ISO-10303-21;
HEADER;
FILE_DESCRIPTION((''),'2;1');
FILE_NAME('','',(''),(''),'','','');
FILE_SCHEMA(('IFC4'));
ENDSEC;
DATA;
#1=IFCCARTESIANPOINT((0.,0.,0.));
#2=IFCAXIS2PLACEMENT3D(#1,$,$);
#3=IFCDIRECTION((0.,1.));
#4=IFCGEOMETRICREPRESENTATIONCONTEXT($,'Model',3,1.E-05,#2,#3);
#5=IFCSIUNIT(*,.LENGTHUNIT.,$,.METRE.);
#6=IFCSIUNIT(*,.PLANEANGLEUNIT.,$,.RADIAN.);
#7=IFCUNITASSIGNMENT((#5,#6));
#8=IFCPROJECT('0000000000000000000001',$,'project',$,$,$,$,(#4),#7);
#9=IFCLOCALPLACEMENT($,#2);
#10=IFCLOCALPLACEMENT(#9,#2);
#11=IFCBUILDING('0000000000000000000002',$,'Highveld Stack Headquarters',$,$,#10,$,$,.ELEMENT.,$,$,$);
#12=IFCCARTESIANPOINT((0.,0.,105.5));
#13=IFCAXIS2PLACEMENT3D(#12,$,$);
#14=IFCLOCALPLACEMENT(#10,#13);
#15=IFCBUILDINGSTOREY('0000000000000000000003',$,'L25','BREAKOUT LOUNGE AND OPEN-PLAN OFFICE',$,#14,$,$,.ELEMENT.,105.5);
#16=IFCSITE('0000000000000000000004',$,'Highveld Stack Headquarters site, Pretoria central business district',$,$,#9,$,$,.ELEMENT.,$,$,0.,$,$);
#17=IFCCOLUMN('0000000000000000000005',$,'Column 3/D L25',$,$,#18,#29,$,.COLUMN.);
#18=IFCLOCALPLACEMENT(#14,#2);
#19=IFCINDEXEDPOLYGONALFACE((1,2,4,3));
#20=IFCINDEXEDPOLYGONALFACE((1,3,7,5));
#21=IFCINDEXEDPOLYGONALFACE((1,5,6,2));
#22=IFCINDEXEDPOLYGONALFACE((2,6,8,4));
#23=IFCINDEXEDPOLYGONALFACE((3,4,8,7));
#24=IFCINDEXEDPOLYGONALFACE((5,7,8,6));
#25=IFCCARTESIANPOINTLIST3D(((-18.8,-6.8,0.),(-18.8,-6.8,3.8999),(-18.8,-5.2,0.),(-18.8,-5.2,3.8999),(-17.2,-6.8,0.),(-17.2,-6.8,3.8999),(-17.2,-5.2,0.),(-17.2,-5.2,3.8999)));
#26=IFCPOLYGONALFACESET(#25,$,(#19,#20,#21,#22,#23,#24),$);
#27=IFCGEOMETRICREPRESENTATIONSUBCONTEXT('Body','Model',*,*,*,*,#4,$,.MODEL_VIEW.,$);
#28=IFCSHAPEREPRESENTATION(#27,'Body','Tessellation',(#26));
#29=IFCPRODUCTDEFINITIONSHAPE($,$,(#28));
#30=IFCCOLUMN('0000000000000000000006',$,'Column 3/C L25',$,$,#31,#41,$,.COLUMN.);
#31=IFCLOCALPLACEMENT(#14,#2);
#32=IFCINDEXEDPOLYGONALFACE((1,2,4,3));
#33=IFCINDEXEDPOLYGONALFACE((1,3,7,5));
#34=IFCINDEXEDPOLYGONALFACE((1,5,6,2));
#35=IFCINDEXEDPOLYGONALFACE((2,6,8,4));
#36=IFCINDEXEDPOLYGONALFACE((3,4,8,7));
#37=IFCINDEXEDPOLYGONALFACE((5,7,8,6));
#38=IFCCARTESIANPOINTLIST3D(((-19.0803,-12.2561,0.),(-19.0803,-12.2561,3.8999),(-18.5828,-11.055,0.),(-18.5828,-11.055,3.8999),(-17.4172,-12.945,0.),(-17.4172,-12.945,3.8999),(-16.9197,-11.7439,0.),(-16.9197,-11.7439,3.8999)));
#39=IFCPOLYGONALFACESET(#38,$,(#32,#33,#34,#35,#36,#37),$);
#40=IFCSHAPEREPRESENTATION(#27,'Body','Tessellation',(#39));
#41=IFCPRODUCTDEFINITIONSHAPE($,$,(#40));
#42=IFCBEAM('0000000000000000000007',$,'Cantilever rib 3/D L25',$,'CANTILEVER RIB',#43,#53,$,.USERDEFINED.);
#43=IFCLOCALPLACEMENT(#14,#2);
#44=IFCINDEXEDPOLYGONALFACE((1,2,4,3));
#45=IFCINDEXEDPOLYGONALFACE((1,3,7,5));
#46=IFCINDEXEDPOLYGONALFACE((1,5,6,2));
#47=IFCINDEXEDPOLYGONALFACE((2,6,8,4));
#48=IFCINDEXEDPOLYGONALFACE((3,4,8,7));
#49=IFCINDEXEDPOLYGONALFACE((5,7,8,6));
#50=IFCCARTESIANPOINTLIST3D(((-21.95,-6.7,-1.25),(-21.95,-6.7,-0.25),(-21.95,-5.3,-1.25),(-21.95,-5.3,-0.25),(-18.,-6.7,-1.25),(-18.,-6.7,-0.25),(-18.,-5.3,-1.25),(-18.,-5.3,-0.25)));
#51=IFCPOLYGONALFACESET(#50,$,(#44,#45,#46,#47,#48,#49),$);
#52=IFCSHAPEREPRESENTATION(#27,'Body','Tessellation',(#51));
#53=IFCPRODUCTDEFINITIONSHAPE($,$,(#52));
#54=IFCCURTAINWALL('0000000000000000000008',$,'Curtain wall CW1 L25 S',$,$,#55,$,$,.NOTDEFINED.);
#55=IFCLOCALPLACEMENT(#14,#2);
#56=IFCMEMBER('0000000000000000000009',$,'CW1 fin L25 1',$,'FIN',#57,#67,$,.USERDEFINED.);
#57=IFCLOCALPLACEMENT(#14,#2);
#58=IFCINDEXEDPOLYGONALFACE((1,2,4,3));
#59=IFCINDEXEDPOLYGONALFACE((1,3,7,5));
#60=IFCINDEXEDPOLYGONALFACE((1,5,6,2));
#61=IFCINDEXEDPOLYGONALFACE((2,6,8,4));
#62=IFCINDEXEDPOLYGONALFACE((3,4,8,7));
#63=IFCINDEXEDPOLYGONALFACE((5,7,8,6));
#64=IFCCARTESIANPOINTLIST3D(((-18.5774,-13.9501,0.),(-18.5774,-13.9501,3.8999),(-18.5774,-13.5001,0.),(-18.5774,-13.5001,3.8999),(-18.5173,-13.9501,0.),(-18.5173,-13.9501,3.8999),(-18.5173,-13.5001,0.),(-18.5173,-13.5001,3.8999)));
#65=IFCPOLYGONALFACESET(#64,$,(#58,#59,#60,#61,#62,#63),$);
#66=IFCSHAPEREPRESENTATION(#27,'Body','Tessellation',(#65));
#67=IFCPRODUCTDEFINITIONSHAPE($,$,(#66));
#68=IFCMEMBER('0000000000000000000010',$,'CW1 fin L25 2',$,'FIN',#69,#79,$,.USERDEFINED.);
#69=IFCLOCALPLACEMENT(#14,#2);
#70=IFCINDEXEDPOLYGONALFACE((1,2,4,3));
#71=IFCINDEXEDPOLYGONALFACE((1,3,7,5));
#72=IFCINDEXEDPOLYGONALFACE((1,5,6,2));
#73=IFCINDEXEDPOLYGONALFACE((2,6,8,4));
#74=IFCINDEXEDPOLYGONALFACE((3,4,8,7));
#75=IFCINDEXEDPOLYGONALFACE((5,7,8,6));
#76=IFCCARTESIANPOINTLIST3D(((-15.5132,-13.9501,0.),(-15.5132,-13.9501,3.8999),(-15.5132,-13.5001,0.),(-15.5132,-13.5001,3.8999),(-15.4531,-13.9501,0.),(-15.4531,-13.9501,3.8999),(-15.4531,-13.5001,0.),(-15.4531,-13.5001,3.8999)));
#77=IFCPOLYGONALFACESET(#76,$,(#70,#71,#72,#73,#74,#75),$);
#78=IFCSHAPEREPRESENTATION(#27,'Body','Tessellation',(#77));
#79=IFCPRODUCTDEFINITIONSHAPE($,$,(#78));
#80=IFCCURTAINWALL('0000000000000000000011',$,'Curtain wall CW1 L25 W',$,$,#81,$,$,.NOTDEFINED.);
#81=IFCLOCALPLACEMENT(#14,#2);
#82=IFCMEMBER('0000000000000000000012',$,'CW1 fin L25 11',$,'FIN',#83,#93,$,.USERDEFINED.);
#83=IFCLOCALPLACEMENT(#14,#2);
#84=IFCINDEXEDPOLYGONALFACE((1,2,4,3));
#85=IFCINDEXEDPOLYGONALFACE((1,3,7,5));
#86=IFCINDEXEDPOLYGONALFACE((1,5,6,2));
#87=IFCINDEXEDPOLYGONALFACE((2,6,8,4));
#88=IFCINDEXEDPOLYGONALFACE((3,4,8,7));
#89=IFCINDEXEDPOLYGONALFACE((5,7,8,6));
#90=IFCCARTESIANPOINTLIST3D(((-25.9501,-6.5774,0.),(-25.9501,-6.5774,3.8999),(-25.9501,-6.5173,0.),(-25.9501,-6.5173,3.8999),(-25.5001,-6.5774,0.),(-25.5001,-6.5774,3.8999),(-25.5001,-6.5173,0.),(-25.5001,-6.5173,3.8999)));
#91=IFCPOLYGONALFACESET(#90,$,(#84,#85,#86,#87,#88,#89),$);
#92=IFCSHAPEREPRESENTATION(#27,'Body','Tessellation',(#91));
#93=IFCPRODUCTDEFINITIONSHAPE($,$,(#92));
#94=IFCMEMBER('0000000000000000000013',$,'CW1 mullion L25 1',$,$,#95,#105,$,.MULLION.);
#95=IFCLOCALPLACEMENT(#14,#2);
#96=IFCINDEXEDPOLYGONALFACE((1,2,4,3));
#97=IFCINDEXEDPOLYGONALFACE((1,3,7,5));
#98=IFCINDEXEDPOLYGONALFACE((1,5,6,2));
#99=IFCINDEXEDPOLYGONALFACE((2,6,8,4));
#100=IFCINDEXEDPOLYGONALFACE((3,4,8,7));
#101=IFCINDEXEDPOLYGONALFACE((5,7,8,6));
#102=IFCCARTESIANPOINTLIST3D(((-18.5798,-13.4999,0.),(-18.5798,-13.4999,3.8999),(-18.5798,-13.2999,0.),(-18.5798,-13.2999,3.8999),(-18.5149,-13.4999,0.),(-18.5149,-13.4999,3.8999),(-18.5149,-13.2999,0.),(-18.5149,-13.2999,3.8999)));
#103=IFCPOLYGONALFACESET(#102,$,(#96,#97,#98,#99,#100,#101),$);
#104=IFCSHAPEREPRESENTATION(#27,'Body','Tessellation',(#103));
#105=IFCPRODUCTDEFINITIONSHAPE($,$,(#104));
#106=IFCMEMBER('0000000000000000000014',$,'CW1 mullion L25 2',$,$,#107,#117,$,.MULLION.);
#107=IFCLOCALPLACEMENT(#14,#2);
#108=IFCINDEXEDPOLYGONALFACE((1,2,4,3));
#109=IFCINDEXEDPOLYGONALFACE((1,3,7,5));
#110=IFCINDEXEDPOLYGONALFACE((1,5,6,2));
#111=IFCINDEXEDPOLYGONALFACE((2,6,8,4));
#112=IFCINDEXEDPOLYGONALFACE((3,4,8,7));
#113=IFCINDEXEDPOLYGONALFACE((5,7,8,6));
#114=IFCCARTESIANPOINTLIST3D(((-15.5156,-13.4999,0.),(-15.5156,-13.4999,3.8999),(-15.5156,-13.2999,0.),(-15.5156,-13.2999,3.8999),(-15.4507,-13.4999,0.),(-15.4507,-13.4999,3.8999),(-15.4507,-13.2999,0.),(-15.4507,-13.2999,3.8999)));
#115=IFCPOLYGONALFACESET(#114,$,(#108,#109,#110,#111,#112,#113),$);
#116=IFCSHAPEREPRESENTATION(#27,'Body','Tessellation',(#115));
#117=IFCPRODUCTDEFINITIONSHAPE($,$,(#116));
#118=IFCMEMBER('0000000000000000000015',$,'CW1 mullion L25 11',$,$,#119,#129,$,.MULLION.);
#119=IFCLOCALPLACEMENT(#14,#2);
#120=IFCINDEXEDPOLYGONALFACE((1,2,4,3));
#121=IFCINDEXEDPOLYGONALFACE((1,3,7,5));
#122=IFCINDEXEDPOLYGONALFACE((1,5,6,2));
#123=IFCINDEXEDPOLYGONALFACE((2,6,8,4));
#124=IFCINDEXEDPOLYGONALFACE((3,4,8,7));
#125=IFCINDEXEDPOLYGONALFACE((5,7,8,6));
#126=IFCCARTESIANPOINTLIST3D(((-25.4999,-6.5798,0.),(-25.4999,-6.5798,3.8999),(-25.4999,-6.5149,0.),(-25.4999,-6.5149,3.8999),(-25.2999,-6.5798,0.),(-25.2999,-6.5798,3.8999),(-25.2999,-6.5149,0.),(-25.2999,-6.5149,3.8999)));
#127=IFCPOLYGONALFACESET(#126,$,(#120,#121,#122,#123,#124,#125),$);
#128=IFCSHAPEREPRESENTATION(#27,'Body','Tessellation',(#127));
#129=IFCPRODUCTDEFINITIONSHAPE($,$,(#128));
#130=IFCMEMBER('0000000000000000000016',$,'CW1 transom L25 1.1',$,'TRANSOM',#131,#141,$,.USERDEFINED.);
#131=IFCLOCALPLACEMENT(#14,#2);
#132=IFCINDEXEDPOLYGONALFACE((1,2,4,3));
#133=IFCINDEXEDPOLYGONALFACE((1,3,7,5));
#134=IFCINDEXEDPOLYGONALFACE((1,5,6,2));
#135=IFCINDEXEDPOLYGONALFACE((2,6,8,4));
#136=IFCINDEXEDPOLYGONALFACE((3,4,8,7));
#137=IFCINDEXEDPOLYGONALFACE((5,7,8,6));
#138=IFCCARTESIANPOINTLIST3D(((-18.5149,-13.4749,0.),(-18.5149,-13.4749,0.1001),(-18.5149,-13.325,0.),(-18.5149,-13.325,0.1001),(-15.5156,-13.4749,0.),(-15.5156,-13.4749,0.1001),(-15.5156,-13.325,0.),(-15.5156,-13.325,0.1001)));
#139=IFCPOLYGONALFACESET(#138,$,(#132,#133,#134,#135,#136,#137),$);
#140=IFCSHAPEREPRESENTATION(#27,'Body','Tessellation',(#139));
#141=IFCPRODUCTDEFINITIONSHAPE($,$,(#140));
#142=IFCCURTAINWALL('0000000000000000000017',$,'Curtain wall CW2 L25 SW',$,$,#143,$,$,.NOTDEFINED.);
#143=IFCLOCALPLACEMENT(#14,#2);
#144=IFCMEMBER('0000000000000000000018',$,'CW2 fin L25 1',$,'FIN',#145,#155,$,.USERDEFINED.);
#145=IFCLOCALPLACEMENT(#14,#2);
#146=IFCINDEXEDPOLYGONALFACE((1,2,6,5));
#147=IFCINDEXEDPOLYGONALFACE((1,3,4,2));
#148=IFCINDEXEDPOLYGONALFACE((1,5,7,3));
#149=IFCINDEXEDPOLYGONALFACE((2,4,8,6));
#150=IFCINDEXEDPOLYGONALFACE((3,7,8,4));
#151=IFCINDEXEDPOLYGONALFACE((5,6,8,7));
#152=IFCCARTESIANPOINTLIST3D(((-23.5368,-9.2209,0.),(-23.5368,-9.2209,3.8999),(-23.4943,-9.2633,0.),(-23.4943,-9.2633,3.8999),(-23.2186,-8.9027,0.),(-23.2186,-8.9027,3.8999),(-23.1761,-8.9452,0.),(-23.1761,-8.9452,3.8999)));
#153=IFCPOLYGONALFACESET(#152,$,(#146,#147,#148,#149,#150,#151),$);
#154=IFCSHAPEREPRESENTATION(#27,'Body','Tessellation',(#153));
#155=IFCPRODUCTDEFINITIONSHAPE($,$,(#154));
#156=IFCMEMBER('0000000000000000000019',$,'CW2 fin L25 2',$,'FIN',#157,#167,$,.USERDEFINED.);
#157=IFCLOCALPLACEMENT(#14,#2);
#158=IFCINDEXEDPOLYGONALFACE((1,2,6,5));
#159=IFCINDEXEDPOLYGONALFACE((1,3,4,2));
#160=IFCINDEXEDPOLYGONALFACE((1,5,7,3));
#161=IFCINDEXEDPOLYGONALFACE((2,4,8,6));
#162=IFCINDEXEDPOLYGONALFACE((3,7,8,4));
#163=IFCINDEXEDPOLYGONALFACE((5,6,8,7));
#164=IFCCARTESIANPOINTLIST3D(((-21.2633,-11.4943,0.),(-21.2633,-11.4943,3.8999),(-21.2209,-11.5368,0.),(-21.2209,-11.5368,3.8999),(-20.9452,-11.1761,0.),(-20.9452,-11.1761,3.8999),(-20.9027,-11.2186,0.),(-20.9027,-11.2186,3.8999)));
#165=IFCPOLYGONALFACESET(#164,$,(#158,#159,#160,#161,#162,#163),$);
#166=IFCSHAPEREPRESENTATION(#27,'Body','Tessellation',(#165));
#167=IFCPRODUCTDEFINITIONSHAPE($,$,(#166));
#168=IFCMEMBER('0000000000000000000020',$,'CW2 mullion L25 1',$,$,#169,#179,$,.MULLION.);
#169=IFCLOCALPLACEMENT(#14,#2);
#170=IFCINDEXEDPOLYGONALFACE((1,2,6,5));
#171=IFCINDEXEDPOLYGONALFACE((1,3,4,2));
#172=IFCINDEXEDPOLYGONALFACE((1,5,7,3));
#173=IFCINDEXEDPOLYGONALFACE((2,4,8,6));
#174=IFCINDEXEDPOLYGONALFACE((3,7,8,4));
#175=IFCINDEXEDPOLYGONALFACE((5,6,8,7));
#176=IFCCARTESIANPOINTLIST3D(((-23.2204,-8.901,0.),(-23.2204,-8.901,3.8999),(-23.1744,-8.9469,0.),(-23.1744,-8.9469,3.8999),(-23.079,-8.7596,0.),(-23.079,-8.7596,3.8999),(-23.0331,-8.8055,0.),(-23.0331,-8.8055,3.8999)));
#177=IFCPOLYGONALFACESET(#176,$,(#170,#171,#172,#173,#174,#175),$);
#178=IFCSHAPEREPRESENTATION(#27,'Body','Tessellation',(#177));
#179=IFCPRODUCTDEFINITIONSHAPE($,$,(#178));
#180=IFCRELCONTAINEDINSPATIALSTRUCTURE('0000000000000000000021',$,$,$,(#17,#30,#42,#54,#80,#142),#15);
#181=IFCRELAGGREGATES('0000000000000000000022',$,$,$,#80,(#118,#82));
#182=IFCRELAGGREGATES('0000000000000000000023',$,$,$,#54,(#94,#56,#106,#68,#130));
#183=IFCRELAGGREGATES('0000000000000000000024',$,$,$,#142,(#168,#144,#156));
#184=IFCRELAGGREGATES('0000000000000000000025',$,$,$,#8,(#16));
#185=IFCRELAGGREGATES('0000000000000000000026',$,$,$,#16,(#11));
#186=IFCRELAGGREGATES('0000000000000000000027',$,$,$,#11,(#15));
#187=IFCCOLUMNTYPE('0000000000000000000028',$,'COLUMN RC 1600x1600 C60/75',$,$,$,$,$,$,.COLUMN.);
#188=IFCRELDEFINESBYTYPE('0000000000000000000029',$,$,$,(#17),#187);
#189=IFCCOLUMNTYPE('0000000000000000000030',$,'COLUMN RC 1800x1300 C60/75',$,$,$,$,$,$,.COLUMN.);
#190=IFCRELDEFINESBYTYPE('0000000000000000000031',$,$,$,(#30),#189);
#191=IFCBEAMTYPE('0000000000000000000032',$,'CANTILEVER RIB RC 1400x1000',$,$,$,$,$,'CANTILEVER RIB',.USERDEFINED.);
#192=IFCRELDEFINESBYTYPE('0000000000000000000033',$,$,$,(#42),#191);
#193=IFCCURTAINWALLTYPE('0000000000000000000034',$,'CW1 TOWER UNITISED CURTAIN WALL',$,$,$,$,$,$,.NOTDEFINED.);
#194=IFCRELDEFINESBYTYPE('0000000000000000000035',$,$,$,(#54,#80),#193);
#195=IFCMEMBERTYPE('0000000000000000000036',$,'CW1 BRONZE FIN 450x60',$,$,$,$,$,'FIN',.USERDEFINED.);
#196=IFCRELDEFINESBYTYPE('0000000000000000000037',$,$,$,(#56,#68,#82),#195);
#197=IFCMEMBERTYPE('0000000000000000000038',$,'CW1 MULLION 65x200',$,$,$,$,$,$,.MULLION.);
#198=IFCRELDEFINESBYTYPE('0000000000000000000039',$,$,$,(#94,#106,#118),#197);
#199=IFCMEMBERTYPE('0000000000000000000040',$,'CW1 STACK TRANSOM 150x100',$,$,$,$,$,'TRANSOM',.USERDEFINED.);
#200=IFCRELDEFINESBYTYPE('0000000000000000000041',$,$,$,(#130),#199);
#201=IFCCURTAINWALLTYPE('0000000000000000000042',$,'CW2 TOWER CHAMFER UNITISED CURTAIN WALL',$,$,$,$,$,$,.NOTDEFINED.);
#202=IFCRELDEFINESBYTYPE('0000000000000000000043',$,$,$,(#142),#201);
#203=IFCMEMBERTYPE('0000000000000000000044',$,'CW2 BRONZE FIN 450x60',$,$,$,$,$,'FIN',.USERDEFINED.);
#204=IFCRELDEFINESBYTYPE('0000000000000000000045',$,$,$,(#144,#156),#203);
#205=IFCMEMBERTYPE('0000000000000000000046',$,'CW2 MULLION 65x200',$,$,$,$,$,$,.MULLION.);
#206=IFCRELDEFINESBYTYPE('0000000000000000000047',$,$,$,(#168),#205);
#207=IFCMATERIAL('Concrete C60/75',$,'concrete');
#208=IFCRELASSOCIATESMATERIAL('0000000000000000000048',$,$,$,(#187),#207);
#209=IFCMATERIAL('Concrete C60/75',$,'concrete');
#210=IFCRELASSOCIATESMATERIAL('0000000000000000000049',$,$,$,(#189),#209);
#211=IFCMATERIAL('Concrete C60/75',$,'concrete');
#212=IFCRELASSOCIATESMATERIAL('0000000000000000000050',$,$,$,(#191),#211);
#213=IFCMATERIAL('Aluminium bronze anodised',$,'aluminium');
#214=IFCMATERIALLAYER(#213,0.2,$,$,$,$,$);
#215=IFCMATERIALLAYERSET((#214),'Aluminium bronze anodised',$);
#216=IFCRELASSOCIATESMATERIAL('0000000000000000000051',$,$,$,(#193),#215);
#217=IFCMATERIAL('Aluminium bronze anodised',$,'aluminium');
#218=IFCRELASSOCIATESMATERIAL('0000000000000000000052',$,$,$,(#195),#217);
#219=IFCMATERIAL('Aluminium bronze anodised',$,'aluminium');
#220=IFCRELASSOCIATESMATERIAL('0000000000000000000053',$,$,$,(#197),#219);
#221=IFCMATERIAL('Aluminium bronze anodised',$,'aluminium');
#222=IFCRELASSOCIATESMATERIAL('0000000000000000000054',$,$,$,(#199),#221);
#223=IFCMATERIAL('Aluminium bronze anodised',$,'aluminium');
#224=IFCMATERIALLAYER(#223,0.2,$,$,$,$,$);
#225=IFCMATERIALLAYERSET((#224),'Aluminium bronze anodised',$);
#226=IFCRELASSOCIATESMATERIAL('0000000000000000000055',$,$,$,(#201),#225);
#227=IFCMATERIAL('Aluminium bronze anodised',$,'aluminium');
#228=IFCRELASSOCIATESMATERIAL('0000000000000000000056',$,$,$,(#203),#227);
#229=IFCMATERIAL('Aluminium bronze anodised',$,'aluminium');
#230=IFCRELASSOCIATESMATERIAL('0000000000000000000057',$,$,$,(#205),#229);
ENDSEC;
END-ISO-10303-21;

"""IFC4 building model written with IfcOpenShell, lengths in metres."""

from ifc_helpers import new_model, si_unit, direction, frame, origin, origin_2d, place, context, subcontext, project, spatial, rectangle, extrude, material, layer, layer_set, material_profile, profile_set, type_object, element, aggregate, save


model = new_model("IFC4")

# Units and contexts
model_context = context("Model", 3, precision=1e-05, world=origin(), true_north=direction((0.0, 1.0)))
body_context = subcontext(model_context, "Body", "Model", "MODEL_VIEW")
ifc_project = project(units=[si_unit("LENGTHUNIT", "METRE"), si_unit("PLANEANGLEUNIT", "RADIAN")], contexts=[model_context])

# Site, building, storey
site_placement = place(None, origin())
site = spatial("IfcSite", under=ifc_project, at=site_placement, Name="Highveld Stack Headquarters site, Pretoria central business district", CompositionType="ELEMENT", RefElevation=0.0)
building_placement = place(site_placement, origin())
building = spatial("IfcBuilding", under=site, at=building_placement, Name="Highveld Stack Headquarters", CompositionType="ELEMENT")
storey_placement = place(building_placement, frame((0.0, 0.0, 105.5)))
storey = spatial("IfcBuildingStorey", under=building, at=storey_placement, Name="L25", Description="BREAKOUT LOUNGE AND OPEN-PLAN OFFICE", CompositionType="ELEMENT", Elevation=105.5)

# Columns
ifc_material_1 = material(Name="Concrete C60/75", Category="concrete")
ifc_material_profile_1 = material_profile(ifc_material_1, rectangle(XDim=1.6001, YDim=1.6001, at=origin_2d()), Name="RC 1600x1600")
ifc_profile_set_1 = profile_set([ifc_material_profile_1], Name="Concrete C60/75")
column_type_1 = type_object("IfcColumnType", Name="COLUMN RC 1600x1600 C60/75", PredefinedType="COLUMN", material=ifc_profile_set_1)
column_1_placement = place(storey_placement, frame((-18.0, -6.0, 0.0), z_axis=(0.0, 0.0, 1.0), x_axis=(1.0, 0.0, 0.0)))
element("IfcColumn", 1, at=column_1_placement, inside=storey, type_object=column_type_1, Name="Column 3/D L25", PredefinedType="COLUMN", context=body_context, shape_type="SweptSolid", body=[
    extrude(rectangle(XDim=1.6001, YDim=1.6001, at=origin_2d()), origin(), (0.0, 0.0, 1.0), 3.8999),
])
ifc_material_2 = material(Name="Concrete C60/75", Category="concrete")
ifc_material_profile_2 = material_profile(ifc_material_2, rectangle(XDim=1.8, YDim=1.3, at=origin_2d()), Name="RC 1800x1300")
ifc_profile_set_2 = profile_set([ifc_material_profile_2], Name="Concrete C60/75")
column_type_2 = type_object("IfcColumnType", Name="COLUMN RC 1800x1300 C60/75", PredefinedType="COLUMN", material=ifc_profile_set_2)
column_2_placement = place(storey_placement, frame((-18.0, -12.0, 0.0), z_axis=(0.0, 0.0, 1.0), x_axis=(-0.92388, 0.382683, 0.0)))
element("IfcColumn", 2, at=column_2_placement, inside=storey, type_object=column_type_2, Name="Column 3/C L25", PredefinedType="COLUMN", context=body_context, shape_type="SweptSolid", body=[
    extrude(rectangle(XDim=1.8, YDim=1.3, at=origin_2d()), origin(), (0.0, 0.0, 1.0), 3.8999),
])

# Beam
ifc_material_3 = material(Name="Concrete C60/75", Category="concrete")
ifc_material_profile_3 = material_profile(ifc_material_3, rectangle(XDim=1.3999, YDim=1.0, at=origin_2d()), Name="RC 1400x1000")
ifc_profile_set_3 = profile_set([ifc_material_profile_3], Name="Concrete C60/75")
beam_type_1 = type_object("IfcBeamType", Name="CANTILEVER RIB RC 1400x1000", ElementType="CANTILEVER RIB", PredefinedType="USERDEFINED", material=ifc_profile_set_3)
beam_1_placement = place(storey_placement, frame((-18.0, -6.0, -0.75), z_axis=(-1.0, 0.0, 0.0), x_axis=(0.0, -1.0, 0.0)))
element("IfcBeam", 3, at=beam_1_placement, inside=storey, type_object=beam_type_1, Name="Cantilever rib 3/D L25", ObjectType="CANTILEVER RIB", PredefinedType="USERDEFINED", context=body_context, shape_type="SweptSolid", body=[
    extrude(rectangle(XDim=1.3999, YDim=1.0, at=origin_2d()), origin(), (0.0, 0.0, 1.0), 3.95),
])

# Curtain wall, members
ifc_material_4 = material(Name="Aluminium bronze anodised", Category="aluminium")
ifc_layer_1 = layer(ifc_material_4, 0.2)
ifc_layer_set_1 = layer_set([ifc_layer_1], Name="Aluminium bronze anodised")
curtain_wall_type_1 = type_object("IfcCurtainWallType", Name="CW1 TOWER UNITISED CURTAIN WALL", PredefinedType="NOTDEFINED", material=ifc_layer_set_1)
curtain_wall_1_placement = place(storey_placement, origin())
curtain_wall_1 = element("IfcCurtainWall", 4, at=curtain_wall_1_placement, inside=storey, type_object=curtain_wall_type_1, Name="Curtain wall CW1 L25 S", PredefinedType="NOTDEFINED")
ifc_material_5 = material(Name="Aluminium bronze anodised", Category="aluminium")
ifc_material_profile_4 = material_profile(ifc_material_5, rectangle(XDim=0.45, YDim=0.0601, at=origin_2d()), Name="FIN 450x60")
ifc_profile_set_4 = profile_set([ifc_material_profile_4], Name="Aluminium bronze anodised")
member_type_1 = type_object("IfcMemberType", Name="CW1 BRONZE FIN 450x60", ElementType="FIN", PredefinedType="USERDEFINED", material=ifc_profile_set_4)
member_1_placement = place(storey_placement, frame((-18.5474, -13.7251, 0.0), z_axis=(0.0, 0.0, 1.0), x_axis=(0.0, 1.0, 0.0)))
member_1 = element("IfcMember", 5, at=member_1_placement, type_object=member_type_1, Name="CW1 fin L25 1", ObjectType="FIN", PredefinedType="USERDEFINED", context=body_context, shape_type="SweptSolid", body=[
    extrude(rectangle(XDim=0.45, YDim=0.0601, at=origin_2d()), origin(), (0.0, 0.0, 1.0), 3.8999),
])
member_2_placement = place(storey_placement, frame((-15.4832, -13.7251, 0.0), z_axis=(0.0, 0.0, 1.0), x_axis=(0.0, 1.0, 0.0)))
member_2 = element("IfcMember", 6, at=member_2_placement, type_object=member_type_1, Name="CW1 fin L25 2", ObjectType="FIN", PredefinedType="USERDEFINED", context=body_context, shape_type="SweptSolid", body=[
    extrude(rectangle(XDim=0.45, YDim=0.0601, at=origin_2d()), origin(), (0.0, 0.0, 1.0), 3.8999),
])

# Curtain wall, member
curtain_wall_2_placement = place(storey_placement, origin())
curtain_wall_2 = element("IfcCurtainWall", 7, at=curtain_wall_2_placement, inside=storey, type_object=curtain_wall_type_1, Name="Curtain wall CW1 L25 W", PredefinedType="NOTDEFINED")
member_3_placement = place(storey_placement, frame((-25.7251, -6.5474, 0.0), z_axis=(0.0, 0.0, 1.0), x_axis=(1.0, 0.0, 0.0)))
member_3 = element("IfcMember", 8, at=member_3_placement, type_object=member_type_1, Name="CW1 fin L25 11", ObjectType="FIN", PredefinedType="USERDEFINED", context=body_context, shape_type="SweptSolid", body=[
    extrude(rectangle(XDim=0.45, YDim=0.0601, at=origin_2d()), origin(), (0.0, 0.0, 1.0), 3.8999),
])

# Members
ifc_material_6 = material(Name="Aluminium bronze anodised", Category="aluminium")
ifc_material_profile_5 = material_profile(ifc_material_6, rectangle(XDim=0.2, YDim=0.0649, at=origin_2d()), Name="CW1 MULLION 65x200")
ifc_profile_set_5 = profile_set([ifc_material_profile_5], Name="Aluminium bronze anodised")
member_type_2 = type_object("IfcMemberType", Name="CW1 MULLION 65x200", PredefinedType="MULLION", material=ifc_profile_set_5)
member_4_placement = place(storey_placement, frame((-18.5474, -13.3999, 0.0), z_axis=(0.0, 0.0, 1.0), x_axis=(0.0, 1.0, 0.0)))
member_4 = element("IfcMember", 9, at=member_4_placement, type_object=member_type_2, Name="CW1 mullion L25 1", PredefinedType="MULLION", context=body_context, shape_type="SweptSolid", body=[
    extrude(rectangle(XDim=0.2, YDim=0.0649, at=origin_2d()), origin(), (0.0, 0.0, 1.0), 3.8999),
])
member_5_placement = place(storey_placement, frame((-15.4832, -13.3999, 0.0), z_axis=(0.0, 0.0, 1.0), x_axis=(0.0, 1.0, 0.0)))
member_5 = element("IfcMember", 10, at=member_5_placement, type_object=member_type_2, Name="CW1 mullion L25 2", PredefinedType="MULLION", context=body_context, shape_type="SweptSolid", body=[
    extrude(rectangle(XDim=0.2, YDim=0.0649, at=origin_2d()), origin(), (0.0, 0.0, 1.0), 3.8999),
])
member_6_placement = place(storey_placement, frame((-25.3999, -6.5474, 0.0), z_axis=(0.0, 0.0, 1.0), x_axis=(1.0, 0.0, 0.0)))
member_6 = element("IfcMember", 11, at=member_6_placement, type_object=member_type_2, Name="CW1 mullion L25 11", PredefinedType="MULLION", context=body_context, shape_type="SweptSolid", body=[
    extrude(rectangle(XDim=0.2, YDim=0.0649, at=origin_2d()), origin(), (0.0, 0.0, 1.0), 3.8999),
])
aggregate(curtain_wall_2, [member_6, member_3])
ifc_material_7 = material(Name="Aluminium bronze anodised", Category="aluminium")
ifc_material_profile_6 = material_profile(ifc_material_7, rectangle(XDim=0.1499, YDim=0.1001, at=origin_2d()), Name="CW1 TRANSOM 150x100")
ifc_profile_set_6 = profile_set([ifc_material_profile_6], Name="Aluminium bronze anodised")
member_type_3 = type_object("IfcMemberType", Name="CW1 STACK TRANSOM 150x100", ElementType="TRANSOM", PredefinedType="USERDEFINED", material=ifc_profile_set_6)
member_7_placement = place(storey_placement, frame((-18.5149, -13.3999, 0.05), z_axis=(1.0, 0.0, 0.0), x_axis=(0.0, 1.0, 0.0)))
member_7 = element("IfcMember", 12, at=member_7_placement, type_object=member_type_3, Name="CW1 transom L25 1.1", ObjectType="TRANSOM", PredefinedType="USERDEFINED", context=body_context, shape_type="SweptSolid", body=[
    extrude(rectangle(XDim=0.1499, YDim=0.1001, at=origin_2d()), origin(), (0.0, 0.0, 1.0), 2.9993),
])

# Curtain wall, members
ifc_material_8 = material(Name="Aluminium bronze anodised", Category="aluminium")
ifc_layer_2 = layer(ifc_material_8, 0.2)
ifc_layer_set_2 = layer_set([ifc_layer_2], Name="Aluminium bronze anodised")
curtain_wall_type_2 = type_object("IfcCurtainWallType", Name="CW2 TOWER CHAMFER UNITISED CURTAIN WALL", PredefinedType="NOTDEFINED", material=ifc_layer_set_2)
curtain_wall_3_placement = place(storey_placement, origin())
curtain_wall_3 = element("IfcCurtainWall", 13, at=curtain_wall_3_placement, inside=storey, type_object=curtain_wall_type_2, Name="Curtain wall CW2 L25 SW", PredefinedType="NOTDEFINED")
ifc_material_9 = material(Name="Aluminium bronze anodised", Category="aluminium")
ifc_material_profile_7 = material_profile(ifc_material_9, rectangle(XDim=0.45, YDim=0.0601, at=origin_2d()), Name="FIN 450x60")
ifc_profile_set_7 = profile_set([ifc_material_profile_7], Name="Aluminium bronze anodised")
member_type_4 = type_object("IfcMemberType", Name="CW2 BRONZE FIN 450x60", ElementType="FIN", PredefinedType="USERDEFINED", material=ifc_profile_set_7)
member_8_placement = place(storey_placement, frame((-23.3564, -9.083, 0.0), z_axis=(0.0, 0.0, 1.0), x_axis=(0.707107, 0.707107, 0.0)))
member_8 = element("IfcMember", 14, at=member_8_placement, type_object=member_type_4, Name="CW2 fin L25 1", ObjectType="FIN", PredefinedType="USERDEFINED", context=body_context, shape_type="SweptSolid", body=[
    extrude(rectangle(XDim=0.45, YDim=0.0601, at=origin_2d()), origin(), (0.0, 0.0, 1.0), 3.8999),
])
member_9_placement = place(storey_placement, frame((-21.083, -11.3564, 0.0), z_axis=(0.0, 0.0, 1.0), x_axis=(0.707107, 0.707107, 0.0)))
member_9 = element("IfcMember", 15, at=member_9_placement, type_object=member_type_4, Name="CW2 fin L25 2", ObjectType="FIN", PredefinedType="USERDEFINED", context=body_context, shape_type="SweptSolid", body=[
    extrude(rectangle(XDim=0.45, YDim=0.0601, at=origin_2d()), origin(), (0.0, 0.0, 1.0), 3.8999),
])
ifc_material_10 = material(Name="Aluminium bronze anodised", Category="aluminium")
ifc_material_profile_8 = material_profile(ifc_material_10, rectangle(XDim=0.2, YDim=0.0649, at=origin_2d()), Name="CW2 MULLION 65x200")
ifc_profile_set_8 = profile_set([ifc_material_profile_8], Name="Aluminium bronze anodised")
member_type_5 = type_object("IfcMemberType", Name="CW2 MULLION 65x200", PredefinedType="MULLION", material=ifc_profile_set_8)
member_10_placement = place(storey_placement, frame((-23.1267, -8.8533, 0.0), z_axis=(0.0, 0.0, 1.0), x_axis=(0.707107, 0.707107, 0.0)))
member_10 = element("IfcMember", 16, at=member_10_placement, type_object=member_type_5, Name="CW2 mullion L25 1", PredefinedType="MULLION", context=body_context, shape_type="SweptSolid", body=[
    extrude(rectangle(XDim=0.2, YDim=0.0649, at=origin_2d()), origin(), (0.0, 0.0, 1.0), 3.8999),
])

aggregate(curtain_wall_1, [member_4, member_1, member_5, member_2, member_7])
aggregate(curtain_wall_3, [member_10, member_8, member_9])

save(model, "model.ifc")
